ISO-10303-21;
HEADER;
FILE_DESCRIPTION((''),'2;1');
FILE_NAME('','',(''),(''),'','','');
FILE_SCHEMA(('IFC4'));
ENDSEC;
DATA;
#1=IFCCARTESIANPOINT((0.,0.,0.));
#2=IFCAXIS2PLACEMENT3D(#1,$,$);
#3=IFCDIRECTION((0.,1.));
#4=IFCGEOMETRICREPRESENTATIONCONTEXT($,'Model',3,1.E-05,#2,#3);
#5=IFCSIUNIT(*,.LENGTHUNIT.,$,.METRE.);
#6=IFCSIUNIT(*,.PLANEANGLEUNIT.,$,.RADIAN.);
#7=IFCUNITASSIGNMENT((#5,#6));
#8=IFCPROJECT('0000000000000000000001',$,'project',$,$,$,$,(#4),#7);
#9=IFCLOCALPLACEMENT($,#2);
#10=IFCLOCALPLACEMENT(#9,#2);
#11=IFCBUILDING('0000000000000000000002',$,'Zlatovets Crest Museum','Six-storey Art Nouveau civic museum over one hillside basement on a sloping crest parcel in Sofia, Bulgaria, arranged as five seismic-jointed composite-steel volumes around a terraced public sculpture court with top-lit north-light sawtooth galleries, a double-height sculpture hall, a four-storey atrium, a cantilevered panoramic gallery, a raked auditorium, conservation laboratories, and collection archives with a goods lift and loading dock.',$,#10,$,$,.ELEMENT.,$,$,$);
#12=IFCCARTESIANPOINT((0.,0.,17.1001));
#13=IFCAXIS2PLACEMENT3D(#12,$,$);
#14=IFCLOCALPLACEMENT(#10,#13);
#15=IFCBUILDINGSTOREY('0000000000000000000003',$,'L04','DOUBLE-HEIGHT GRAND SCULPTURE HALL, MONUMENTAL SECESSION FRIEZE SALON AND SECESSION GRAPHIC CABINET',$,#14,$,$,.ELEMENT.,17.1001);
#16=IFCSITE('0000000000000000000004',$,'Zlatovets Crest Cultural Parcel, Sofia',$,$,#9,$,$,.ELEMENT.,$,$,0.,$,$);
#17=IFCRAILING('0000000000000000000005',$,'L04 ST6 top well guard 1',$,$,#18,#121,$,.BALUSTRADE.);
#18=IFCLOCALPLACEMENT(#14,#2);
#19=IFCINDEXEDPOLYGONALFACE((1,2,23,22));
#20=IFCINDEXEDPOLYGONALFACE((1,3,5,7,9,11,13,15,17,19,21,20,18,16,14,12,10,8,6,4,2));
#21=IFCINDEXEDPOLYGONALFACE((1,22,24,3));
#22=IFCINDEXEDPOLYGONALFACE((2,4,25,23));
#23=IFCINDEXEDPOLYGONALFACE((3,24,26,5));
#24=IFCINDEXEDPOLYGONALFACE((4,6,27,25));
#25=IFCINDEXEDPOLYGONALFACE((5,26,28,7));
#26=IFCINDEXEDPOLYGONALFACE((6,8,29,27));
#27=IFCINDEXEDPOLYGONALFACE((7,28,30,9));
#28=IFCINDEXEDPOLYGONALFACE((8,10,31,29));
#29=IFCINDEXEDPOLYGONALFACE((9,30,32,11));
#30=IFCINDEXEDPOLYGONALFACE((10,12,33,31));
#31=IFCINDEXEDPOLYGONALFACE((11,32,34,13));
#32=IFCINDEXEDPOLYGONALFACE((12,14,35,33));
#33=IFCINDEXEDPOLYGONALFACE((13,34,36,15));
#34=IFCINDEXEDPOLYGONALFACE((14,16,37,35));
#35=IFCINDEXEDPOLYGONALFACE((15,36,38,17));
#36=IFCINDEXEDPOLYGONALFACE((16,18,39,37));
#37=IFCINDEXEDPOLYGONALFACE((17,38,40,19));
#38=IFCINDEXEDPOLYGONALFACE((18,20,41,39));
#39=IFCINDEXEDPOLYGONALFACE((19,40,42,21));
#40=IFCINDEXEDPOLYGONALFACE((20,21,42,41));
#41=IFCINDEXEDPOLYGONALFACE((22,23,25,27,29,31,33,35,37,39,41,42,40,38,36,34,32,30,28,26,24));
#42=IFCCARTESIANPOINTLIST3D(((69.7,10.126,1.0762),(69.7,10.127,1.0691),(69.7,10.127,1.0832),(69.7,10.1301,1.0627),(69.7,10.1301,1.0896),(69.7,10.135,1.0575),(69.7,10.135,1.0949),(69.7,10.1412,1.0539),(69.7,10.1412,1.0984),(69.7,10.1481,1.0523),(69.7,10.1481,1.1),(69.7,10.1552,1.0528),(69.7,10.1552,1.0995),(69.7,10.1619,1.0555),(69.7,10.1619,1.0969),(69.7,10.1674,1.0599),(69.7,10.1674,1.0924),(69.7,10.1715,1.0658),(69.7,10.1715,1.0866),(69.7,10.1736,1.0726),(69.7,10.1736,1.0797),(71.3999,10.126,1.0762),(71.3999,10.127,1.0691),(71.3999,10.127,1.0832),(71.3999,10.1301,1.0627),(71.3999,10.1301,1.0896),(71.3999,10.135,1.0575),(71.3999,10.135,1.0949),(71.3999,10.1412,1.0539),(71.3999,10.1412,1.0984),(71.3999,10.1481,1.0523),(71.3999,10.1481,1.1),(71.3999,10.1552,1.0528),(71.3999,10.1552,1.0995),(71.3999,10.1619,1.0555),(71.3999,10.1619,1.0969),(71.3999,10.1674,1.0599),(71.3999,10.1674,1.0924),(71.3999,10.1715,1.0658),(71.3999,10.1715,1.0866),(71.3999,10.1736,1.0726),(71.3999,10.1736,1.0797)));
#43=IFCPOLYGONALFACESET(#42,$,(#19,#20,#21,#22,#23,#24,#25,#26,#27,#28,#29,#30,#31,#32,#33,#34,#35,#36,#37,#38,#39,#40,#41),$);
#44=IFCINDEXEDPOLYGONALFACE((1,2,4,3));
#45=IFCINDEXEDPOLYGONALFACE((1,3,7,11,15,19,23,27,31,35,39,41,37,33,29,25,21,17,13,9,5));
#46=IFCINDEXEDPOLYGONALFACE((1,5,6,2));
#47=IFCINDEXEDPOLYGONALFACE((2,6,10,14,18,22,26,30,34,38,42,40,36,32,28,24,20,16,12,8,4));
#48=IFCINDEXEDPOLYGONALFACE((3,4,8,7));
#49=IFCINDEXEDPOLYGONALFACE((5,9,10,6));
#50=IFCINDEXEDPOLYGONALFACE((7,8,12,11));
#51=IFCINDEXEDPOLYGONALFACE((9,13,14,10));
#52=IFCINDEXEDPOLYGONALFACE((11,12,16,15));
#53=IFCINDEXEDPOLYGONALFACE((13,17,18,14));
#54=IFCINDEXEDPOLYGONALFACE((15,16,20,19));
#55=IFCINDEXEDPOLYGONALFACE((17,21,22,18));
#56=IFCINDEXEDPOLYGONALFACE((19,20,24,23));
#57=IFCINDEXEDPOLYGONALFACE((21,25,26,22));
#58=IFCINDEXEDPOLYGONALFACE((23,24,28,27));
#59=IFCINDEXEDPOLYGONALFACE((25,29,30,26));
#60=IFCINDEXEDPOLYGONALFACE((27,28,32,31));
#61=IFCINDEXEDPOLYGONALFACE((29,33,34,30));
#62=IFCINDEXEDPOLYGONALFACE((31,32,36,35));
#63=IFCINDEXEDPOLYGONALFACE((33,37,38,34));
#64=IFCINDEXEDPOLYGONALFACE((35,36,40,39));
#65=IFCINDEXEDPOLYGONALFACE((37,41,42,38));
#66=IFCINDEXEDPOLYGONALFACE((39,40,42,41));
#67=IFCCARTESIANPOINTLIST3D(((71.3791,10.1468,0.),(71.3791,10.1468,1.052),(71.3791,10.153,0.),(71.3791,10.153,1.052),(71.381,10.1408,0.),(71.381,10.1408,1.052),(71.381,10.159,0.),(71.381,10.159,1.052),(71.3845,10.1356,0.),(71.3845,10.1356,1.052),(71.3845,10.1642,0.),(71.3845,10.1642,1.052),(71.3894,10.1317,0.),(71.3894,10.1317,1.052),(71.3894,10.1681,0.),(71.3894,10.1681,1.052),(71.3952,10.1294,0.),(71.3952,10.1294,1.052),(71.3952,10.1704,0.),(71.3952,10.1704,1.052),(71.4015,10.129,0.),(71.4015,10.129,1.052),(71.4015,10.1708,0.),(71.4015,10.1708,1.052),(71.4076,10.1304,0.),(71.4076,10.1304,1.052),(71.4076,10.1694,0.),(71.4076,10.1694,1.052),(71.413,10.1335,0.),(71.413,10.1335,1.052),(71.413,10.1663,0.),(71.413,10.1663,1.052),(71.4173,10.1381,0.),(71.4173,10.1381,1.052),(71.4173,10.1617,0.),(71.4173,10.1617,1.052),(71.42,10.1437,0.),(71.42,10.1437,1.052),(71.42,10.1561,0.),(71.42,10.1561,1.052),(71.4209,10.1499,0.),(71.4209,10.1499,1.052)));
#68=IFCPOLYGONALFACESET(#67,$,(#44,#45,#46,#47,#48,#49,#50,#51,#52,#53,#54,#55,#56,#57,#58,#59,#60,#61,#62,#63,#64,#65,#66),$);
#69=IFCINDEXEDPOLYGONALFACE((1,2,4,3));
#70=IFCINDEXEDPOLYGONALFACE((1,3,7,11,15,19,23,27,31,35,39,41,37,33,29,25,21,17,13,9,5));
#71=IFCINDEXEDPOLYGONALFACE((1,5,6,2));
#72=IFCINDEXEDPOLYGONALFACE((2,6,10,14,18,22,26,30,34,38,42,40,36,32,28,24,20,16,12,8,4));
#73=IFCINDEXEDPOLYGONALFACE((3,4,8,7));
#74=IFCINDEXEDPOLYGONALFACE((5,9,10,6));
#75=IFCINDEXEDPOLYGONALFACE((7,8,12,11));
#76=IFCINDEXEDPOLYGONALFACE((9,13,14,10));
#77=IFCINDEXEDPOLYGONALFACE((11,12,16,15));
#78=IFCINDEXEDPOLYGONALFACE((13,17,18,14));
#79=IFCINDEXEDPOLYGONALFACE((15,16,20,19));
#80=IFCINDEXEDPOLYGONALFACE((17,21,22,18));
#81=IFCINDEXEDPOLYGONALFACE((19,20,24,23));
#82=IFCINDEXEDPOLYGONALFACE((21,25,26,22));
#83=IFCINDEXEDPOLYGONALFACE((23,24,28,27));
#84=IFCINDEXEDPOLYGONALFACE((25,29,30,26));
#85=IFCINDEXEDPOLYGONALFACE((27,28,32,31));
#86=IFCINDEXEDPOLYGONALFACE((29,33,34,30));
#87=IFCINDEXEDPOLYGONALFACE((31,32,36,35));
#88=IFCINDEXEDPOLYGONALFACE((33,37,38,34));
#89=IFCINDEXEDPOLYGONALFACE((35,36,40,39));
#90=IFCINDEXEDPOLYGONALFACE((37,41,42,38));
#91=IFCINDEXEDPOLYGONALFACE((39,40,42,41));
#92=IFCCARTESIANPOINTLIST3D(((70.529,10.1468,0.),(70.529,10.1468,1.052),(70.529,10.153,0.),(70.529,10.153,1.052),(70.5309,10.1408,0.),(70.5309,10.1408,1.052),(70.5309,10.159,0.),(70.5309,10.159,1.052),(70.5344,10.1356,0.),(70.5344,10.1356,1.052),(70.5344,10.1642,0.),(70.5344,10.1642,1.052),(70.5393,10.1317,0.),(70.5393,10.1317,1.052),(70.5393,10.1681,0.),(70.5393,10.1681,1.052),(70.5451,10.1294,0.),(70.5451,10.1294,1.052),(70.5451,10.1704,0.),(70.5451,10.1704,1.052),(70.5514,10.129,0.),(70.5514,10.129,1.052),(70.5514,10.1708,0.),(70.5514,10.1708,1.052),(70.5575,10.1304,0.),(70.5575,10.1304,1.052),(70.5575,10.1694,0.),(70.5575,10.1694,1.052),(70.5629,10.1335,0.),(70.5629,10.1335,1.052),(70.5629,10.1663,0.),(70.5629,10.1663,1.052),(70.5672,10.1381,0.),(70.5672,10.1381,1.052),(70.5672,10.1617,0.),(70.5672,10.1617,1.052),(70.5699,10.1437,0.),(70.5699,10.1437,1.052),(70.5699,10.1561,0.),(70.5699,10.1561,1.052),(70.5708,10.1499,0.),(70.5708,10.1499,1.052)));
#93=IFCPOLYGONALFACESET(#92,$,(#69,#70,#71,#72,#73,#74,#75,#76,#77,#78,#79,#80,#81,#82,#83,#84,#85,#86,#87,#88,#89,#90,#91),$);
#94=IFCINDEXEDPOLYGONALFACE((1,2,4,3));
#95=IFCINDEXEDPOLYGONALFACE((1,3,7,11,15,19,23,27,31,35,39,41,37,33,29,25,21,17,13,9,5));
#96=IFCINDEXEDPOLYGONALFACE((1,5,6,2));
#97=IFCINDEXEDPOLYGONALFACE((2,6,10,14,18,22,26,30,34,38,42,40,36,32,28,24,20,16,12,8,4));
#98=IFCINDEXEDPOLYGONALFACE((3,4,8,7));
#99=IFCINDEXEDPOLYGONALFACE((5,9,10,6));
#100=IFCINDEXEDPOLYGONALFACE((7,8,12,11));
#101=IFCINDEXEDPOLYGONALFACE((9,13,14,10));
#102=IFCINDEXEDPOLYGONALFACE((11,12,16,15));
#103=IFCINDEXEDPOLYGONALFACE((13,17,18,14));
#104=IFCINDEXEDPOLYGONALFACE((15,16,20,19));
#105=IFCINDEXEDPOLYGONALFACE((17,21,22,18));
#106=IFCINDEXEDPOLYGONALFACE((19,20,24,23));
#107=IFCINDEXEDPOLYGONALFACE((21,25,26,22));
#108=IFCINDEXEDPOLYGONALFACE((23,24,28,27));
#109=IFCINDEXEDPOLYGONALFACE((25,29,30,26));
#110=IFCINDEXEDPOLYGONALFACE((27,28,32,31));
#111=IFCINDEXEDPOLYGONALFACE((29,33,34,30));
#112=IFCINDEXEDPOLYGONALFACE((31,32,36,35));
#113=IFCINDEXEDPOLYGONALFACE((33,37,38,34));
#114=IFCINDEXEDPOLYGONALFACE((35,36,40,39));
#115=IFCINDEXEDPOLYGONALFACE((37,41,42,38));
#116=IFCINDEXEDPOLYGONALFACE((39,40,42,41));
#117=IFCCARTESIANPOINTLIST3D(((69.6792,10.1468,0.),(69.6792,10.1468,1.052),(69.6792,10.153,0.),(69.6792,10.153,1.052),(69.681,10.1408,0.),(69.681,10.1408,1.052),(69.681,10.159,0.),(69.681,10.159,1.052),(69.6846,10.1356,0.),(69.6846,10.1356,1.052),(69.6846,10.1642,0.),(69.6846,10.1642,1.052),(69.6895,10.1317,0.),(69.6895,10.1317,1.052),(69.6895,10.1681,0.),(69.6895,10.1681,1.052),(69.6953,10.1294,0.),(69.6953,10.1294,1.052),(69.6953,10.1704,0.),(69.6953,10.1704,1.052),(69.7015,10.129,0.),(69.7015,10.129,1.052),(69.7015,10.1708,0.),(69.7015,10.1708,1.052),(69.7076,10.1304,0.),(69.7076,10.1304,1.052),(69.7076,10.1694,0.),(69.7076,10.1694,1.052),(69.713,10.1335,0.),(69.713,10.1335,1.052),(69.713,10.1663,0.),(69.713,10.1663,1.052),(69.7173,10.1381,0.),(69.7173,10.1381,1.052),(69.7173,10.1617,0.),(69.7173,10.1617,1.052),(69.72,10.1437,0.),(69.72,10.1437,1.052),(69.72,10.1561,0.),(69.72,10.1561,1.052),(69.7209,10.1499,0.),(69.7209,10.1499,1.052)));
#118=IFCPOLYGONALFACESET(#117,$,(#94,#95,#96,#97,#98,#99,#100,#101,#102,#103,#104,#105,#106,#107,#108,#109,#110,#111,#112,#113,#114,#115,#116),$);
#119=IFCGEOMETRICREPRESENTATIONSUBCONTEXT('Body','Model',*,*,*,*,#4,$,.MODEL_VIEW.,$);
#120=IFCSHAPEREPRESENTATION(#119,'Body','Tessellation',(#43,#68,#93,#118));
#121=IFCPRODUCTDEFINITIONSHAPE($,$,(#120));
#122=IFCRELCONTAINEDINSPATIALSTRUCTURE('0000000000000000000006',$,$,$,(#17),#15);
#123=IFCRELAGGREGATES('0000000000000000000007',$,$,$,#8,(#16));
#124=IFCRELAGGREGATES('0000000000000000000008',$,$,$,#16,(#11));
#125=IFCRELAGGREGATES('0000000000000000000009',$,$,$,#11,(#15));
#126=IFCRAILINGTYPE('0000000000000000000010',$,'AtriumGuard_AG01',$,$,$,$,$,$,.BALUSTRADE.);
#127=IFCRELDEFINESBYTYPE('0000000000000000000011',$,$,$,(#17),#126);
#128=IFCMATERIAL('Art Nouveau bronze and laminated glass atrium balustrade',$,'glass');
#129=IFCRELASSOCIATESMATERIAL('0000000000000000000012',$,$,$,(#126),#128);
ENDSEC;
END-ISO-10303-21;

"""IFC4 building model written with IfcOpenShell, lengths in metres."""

from ifc_helpers import new_model, si_unit, direction, frame, origin, origin_2d, place, context, subcontext, project, spatial, circle, extrude, material, type_object, element, save


model = new_model("IFC4")

# Units and contexts
model_context = context("Model", 3, precision=1e-05, world=origin(), true_north=direction((0.0, 1.0)))
body_context = subcontext(model_context, "Body", "Model", "MODEL_VIEW")
ifc_project = project(units=[si_unit("LENGTHUNIT", "METRE"), si_unit("PLANEANGLEUNIT", "RADIAN")], contexts=[model_context])

# Site, building, storey
site_placement = place(None, origin())
site = spatial("IfcSite", under=ifc_project, at=site_placement, Name="Zlatovets Crest Cultural Parcel, Sofia", CompositionType="ELEMENT", RefElevation=0.0)
building_placement = place(site_placement, origin())
building = spatial("IfcBuilding", under=site, at=building_placement, Name="Zlatovets Crest Museum", Description="Six-storey Art Nouveau civic museum over one hillside basement on a sloping crest parcel in Sofia, Bulgaria, arranged as five seismic-jointed composite-steel volumes around a terraced public sculpture court with top-lit north-light sawtooth galleries, a double-height sculpture hall, a four-storey atrium, a cantilevered panoramic gallery, a raked auditorium, conservation laboratories, and collection archives with a goods lift and loading dock.", CompositionType="ELEMENT")
storey_placement = place(building_placement, frame((0.0, 0.0, 17.1001)))
storey = spatial("IfcBuildingStorey", under=building, at=storey_placement, Name="L04", Description="DOUBLE-HEIGHT GRAND SCULPTURE HALL, MONUMENTAL SECESSION FRIEZE SALON AND SECESSION GRAPHIC CABINET", CompositionType="ELEMENT", Elevation=17.1001)

# Railing
ifc_material_1 = material(Name="Art Nouveau bronze and laminated glass atrium balustrade", Category="glass")
railing_type = type_object("IfcRailingType", Name="AtriumGuard_AG01", PredefinedType="BALUSTRADE", material=ifc_material_1)
railing_1_placement = place(storey_placement, frame((71.3999, 10.1499, 0.0)))
element("IfcRailing", 1, at=railing_1_placement, inside=storey, type_object=railing_type, Name="L04 ST6 top well guard 1", PredefinedType="BALUSTRADE", context=body_context, shape_type="SweptSolid", body=[
    extrude(circle(Radius=0.0239, at=origin_2d()), frame((0.0, 0.0, 1.0762), z_axis=(-1.0, 0.0, 0.0), x_axis=(0.0, -1.0, 0.0)), (0.0, 0.0, 1.0), 1.7),
    extrude(circle(Radius=0.021, at=origin_2d()), origin(), (0.0, 0.0, 1.0), 1.052),
    extrude(circle(Radius=0.021, at=origin_2d()), frame((-0.8501, 0.0, 0.0)), (0.0, 0.0, 1.0), 1.052),
    extrude(circle(Radius=0.021, at=origin_2d()), frame((-1.7, 0.0, 0.0)), (0.0, 0.0, 1.0), 1.052),
])

save(model, "model.ifc")
